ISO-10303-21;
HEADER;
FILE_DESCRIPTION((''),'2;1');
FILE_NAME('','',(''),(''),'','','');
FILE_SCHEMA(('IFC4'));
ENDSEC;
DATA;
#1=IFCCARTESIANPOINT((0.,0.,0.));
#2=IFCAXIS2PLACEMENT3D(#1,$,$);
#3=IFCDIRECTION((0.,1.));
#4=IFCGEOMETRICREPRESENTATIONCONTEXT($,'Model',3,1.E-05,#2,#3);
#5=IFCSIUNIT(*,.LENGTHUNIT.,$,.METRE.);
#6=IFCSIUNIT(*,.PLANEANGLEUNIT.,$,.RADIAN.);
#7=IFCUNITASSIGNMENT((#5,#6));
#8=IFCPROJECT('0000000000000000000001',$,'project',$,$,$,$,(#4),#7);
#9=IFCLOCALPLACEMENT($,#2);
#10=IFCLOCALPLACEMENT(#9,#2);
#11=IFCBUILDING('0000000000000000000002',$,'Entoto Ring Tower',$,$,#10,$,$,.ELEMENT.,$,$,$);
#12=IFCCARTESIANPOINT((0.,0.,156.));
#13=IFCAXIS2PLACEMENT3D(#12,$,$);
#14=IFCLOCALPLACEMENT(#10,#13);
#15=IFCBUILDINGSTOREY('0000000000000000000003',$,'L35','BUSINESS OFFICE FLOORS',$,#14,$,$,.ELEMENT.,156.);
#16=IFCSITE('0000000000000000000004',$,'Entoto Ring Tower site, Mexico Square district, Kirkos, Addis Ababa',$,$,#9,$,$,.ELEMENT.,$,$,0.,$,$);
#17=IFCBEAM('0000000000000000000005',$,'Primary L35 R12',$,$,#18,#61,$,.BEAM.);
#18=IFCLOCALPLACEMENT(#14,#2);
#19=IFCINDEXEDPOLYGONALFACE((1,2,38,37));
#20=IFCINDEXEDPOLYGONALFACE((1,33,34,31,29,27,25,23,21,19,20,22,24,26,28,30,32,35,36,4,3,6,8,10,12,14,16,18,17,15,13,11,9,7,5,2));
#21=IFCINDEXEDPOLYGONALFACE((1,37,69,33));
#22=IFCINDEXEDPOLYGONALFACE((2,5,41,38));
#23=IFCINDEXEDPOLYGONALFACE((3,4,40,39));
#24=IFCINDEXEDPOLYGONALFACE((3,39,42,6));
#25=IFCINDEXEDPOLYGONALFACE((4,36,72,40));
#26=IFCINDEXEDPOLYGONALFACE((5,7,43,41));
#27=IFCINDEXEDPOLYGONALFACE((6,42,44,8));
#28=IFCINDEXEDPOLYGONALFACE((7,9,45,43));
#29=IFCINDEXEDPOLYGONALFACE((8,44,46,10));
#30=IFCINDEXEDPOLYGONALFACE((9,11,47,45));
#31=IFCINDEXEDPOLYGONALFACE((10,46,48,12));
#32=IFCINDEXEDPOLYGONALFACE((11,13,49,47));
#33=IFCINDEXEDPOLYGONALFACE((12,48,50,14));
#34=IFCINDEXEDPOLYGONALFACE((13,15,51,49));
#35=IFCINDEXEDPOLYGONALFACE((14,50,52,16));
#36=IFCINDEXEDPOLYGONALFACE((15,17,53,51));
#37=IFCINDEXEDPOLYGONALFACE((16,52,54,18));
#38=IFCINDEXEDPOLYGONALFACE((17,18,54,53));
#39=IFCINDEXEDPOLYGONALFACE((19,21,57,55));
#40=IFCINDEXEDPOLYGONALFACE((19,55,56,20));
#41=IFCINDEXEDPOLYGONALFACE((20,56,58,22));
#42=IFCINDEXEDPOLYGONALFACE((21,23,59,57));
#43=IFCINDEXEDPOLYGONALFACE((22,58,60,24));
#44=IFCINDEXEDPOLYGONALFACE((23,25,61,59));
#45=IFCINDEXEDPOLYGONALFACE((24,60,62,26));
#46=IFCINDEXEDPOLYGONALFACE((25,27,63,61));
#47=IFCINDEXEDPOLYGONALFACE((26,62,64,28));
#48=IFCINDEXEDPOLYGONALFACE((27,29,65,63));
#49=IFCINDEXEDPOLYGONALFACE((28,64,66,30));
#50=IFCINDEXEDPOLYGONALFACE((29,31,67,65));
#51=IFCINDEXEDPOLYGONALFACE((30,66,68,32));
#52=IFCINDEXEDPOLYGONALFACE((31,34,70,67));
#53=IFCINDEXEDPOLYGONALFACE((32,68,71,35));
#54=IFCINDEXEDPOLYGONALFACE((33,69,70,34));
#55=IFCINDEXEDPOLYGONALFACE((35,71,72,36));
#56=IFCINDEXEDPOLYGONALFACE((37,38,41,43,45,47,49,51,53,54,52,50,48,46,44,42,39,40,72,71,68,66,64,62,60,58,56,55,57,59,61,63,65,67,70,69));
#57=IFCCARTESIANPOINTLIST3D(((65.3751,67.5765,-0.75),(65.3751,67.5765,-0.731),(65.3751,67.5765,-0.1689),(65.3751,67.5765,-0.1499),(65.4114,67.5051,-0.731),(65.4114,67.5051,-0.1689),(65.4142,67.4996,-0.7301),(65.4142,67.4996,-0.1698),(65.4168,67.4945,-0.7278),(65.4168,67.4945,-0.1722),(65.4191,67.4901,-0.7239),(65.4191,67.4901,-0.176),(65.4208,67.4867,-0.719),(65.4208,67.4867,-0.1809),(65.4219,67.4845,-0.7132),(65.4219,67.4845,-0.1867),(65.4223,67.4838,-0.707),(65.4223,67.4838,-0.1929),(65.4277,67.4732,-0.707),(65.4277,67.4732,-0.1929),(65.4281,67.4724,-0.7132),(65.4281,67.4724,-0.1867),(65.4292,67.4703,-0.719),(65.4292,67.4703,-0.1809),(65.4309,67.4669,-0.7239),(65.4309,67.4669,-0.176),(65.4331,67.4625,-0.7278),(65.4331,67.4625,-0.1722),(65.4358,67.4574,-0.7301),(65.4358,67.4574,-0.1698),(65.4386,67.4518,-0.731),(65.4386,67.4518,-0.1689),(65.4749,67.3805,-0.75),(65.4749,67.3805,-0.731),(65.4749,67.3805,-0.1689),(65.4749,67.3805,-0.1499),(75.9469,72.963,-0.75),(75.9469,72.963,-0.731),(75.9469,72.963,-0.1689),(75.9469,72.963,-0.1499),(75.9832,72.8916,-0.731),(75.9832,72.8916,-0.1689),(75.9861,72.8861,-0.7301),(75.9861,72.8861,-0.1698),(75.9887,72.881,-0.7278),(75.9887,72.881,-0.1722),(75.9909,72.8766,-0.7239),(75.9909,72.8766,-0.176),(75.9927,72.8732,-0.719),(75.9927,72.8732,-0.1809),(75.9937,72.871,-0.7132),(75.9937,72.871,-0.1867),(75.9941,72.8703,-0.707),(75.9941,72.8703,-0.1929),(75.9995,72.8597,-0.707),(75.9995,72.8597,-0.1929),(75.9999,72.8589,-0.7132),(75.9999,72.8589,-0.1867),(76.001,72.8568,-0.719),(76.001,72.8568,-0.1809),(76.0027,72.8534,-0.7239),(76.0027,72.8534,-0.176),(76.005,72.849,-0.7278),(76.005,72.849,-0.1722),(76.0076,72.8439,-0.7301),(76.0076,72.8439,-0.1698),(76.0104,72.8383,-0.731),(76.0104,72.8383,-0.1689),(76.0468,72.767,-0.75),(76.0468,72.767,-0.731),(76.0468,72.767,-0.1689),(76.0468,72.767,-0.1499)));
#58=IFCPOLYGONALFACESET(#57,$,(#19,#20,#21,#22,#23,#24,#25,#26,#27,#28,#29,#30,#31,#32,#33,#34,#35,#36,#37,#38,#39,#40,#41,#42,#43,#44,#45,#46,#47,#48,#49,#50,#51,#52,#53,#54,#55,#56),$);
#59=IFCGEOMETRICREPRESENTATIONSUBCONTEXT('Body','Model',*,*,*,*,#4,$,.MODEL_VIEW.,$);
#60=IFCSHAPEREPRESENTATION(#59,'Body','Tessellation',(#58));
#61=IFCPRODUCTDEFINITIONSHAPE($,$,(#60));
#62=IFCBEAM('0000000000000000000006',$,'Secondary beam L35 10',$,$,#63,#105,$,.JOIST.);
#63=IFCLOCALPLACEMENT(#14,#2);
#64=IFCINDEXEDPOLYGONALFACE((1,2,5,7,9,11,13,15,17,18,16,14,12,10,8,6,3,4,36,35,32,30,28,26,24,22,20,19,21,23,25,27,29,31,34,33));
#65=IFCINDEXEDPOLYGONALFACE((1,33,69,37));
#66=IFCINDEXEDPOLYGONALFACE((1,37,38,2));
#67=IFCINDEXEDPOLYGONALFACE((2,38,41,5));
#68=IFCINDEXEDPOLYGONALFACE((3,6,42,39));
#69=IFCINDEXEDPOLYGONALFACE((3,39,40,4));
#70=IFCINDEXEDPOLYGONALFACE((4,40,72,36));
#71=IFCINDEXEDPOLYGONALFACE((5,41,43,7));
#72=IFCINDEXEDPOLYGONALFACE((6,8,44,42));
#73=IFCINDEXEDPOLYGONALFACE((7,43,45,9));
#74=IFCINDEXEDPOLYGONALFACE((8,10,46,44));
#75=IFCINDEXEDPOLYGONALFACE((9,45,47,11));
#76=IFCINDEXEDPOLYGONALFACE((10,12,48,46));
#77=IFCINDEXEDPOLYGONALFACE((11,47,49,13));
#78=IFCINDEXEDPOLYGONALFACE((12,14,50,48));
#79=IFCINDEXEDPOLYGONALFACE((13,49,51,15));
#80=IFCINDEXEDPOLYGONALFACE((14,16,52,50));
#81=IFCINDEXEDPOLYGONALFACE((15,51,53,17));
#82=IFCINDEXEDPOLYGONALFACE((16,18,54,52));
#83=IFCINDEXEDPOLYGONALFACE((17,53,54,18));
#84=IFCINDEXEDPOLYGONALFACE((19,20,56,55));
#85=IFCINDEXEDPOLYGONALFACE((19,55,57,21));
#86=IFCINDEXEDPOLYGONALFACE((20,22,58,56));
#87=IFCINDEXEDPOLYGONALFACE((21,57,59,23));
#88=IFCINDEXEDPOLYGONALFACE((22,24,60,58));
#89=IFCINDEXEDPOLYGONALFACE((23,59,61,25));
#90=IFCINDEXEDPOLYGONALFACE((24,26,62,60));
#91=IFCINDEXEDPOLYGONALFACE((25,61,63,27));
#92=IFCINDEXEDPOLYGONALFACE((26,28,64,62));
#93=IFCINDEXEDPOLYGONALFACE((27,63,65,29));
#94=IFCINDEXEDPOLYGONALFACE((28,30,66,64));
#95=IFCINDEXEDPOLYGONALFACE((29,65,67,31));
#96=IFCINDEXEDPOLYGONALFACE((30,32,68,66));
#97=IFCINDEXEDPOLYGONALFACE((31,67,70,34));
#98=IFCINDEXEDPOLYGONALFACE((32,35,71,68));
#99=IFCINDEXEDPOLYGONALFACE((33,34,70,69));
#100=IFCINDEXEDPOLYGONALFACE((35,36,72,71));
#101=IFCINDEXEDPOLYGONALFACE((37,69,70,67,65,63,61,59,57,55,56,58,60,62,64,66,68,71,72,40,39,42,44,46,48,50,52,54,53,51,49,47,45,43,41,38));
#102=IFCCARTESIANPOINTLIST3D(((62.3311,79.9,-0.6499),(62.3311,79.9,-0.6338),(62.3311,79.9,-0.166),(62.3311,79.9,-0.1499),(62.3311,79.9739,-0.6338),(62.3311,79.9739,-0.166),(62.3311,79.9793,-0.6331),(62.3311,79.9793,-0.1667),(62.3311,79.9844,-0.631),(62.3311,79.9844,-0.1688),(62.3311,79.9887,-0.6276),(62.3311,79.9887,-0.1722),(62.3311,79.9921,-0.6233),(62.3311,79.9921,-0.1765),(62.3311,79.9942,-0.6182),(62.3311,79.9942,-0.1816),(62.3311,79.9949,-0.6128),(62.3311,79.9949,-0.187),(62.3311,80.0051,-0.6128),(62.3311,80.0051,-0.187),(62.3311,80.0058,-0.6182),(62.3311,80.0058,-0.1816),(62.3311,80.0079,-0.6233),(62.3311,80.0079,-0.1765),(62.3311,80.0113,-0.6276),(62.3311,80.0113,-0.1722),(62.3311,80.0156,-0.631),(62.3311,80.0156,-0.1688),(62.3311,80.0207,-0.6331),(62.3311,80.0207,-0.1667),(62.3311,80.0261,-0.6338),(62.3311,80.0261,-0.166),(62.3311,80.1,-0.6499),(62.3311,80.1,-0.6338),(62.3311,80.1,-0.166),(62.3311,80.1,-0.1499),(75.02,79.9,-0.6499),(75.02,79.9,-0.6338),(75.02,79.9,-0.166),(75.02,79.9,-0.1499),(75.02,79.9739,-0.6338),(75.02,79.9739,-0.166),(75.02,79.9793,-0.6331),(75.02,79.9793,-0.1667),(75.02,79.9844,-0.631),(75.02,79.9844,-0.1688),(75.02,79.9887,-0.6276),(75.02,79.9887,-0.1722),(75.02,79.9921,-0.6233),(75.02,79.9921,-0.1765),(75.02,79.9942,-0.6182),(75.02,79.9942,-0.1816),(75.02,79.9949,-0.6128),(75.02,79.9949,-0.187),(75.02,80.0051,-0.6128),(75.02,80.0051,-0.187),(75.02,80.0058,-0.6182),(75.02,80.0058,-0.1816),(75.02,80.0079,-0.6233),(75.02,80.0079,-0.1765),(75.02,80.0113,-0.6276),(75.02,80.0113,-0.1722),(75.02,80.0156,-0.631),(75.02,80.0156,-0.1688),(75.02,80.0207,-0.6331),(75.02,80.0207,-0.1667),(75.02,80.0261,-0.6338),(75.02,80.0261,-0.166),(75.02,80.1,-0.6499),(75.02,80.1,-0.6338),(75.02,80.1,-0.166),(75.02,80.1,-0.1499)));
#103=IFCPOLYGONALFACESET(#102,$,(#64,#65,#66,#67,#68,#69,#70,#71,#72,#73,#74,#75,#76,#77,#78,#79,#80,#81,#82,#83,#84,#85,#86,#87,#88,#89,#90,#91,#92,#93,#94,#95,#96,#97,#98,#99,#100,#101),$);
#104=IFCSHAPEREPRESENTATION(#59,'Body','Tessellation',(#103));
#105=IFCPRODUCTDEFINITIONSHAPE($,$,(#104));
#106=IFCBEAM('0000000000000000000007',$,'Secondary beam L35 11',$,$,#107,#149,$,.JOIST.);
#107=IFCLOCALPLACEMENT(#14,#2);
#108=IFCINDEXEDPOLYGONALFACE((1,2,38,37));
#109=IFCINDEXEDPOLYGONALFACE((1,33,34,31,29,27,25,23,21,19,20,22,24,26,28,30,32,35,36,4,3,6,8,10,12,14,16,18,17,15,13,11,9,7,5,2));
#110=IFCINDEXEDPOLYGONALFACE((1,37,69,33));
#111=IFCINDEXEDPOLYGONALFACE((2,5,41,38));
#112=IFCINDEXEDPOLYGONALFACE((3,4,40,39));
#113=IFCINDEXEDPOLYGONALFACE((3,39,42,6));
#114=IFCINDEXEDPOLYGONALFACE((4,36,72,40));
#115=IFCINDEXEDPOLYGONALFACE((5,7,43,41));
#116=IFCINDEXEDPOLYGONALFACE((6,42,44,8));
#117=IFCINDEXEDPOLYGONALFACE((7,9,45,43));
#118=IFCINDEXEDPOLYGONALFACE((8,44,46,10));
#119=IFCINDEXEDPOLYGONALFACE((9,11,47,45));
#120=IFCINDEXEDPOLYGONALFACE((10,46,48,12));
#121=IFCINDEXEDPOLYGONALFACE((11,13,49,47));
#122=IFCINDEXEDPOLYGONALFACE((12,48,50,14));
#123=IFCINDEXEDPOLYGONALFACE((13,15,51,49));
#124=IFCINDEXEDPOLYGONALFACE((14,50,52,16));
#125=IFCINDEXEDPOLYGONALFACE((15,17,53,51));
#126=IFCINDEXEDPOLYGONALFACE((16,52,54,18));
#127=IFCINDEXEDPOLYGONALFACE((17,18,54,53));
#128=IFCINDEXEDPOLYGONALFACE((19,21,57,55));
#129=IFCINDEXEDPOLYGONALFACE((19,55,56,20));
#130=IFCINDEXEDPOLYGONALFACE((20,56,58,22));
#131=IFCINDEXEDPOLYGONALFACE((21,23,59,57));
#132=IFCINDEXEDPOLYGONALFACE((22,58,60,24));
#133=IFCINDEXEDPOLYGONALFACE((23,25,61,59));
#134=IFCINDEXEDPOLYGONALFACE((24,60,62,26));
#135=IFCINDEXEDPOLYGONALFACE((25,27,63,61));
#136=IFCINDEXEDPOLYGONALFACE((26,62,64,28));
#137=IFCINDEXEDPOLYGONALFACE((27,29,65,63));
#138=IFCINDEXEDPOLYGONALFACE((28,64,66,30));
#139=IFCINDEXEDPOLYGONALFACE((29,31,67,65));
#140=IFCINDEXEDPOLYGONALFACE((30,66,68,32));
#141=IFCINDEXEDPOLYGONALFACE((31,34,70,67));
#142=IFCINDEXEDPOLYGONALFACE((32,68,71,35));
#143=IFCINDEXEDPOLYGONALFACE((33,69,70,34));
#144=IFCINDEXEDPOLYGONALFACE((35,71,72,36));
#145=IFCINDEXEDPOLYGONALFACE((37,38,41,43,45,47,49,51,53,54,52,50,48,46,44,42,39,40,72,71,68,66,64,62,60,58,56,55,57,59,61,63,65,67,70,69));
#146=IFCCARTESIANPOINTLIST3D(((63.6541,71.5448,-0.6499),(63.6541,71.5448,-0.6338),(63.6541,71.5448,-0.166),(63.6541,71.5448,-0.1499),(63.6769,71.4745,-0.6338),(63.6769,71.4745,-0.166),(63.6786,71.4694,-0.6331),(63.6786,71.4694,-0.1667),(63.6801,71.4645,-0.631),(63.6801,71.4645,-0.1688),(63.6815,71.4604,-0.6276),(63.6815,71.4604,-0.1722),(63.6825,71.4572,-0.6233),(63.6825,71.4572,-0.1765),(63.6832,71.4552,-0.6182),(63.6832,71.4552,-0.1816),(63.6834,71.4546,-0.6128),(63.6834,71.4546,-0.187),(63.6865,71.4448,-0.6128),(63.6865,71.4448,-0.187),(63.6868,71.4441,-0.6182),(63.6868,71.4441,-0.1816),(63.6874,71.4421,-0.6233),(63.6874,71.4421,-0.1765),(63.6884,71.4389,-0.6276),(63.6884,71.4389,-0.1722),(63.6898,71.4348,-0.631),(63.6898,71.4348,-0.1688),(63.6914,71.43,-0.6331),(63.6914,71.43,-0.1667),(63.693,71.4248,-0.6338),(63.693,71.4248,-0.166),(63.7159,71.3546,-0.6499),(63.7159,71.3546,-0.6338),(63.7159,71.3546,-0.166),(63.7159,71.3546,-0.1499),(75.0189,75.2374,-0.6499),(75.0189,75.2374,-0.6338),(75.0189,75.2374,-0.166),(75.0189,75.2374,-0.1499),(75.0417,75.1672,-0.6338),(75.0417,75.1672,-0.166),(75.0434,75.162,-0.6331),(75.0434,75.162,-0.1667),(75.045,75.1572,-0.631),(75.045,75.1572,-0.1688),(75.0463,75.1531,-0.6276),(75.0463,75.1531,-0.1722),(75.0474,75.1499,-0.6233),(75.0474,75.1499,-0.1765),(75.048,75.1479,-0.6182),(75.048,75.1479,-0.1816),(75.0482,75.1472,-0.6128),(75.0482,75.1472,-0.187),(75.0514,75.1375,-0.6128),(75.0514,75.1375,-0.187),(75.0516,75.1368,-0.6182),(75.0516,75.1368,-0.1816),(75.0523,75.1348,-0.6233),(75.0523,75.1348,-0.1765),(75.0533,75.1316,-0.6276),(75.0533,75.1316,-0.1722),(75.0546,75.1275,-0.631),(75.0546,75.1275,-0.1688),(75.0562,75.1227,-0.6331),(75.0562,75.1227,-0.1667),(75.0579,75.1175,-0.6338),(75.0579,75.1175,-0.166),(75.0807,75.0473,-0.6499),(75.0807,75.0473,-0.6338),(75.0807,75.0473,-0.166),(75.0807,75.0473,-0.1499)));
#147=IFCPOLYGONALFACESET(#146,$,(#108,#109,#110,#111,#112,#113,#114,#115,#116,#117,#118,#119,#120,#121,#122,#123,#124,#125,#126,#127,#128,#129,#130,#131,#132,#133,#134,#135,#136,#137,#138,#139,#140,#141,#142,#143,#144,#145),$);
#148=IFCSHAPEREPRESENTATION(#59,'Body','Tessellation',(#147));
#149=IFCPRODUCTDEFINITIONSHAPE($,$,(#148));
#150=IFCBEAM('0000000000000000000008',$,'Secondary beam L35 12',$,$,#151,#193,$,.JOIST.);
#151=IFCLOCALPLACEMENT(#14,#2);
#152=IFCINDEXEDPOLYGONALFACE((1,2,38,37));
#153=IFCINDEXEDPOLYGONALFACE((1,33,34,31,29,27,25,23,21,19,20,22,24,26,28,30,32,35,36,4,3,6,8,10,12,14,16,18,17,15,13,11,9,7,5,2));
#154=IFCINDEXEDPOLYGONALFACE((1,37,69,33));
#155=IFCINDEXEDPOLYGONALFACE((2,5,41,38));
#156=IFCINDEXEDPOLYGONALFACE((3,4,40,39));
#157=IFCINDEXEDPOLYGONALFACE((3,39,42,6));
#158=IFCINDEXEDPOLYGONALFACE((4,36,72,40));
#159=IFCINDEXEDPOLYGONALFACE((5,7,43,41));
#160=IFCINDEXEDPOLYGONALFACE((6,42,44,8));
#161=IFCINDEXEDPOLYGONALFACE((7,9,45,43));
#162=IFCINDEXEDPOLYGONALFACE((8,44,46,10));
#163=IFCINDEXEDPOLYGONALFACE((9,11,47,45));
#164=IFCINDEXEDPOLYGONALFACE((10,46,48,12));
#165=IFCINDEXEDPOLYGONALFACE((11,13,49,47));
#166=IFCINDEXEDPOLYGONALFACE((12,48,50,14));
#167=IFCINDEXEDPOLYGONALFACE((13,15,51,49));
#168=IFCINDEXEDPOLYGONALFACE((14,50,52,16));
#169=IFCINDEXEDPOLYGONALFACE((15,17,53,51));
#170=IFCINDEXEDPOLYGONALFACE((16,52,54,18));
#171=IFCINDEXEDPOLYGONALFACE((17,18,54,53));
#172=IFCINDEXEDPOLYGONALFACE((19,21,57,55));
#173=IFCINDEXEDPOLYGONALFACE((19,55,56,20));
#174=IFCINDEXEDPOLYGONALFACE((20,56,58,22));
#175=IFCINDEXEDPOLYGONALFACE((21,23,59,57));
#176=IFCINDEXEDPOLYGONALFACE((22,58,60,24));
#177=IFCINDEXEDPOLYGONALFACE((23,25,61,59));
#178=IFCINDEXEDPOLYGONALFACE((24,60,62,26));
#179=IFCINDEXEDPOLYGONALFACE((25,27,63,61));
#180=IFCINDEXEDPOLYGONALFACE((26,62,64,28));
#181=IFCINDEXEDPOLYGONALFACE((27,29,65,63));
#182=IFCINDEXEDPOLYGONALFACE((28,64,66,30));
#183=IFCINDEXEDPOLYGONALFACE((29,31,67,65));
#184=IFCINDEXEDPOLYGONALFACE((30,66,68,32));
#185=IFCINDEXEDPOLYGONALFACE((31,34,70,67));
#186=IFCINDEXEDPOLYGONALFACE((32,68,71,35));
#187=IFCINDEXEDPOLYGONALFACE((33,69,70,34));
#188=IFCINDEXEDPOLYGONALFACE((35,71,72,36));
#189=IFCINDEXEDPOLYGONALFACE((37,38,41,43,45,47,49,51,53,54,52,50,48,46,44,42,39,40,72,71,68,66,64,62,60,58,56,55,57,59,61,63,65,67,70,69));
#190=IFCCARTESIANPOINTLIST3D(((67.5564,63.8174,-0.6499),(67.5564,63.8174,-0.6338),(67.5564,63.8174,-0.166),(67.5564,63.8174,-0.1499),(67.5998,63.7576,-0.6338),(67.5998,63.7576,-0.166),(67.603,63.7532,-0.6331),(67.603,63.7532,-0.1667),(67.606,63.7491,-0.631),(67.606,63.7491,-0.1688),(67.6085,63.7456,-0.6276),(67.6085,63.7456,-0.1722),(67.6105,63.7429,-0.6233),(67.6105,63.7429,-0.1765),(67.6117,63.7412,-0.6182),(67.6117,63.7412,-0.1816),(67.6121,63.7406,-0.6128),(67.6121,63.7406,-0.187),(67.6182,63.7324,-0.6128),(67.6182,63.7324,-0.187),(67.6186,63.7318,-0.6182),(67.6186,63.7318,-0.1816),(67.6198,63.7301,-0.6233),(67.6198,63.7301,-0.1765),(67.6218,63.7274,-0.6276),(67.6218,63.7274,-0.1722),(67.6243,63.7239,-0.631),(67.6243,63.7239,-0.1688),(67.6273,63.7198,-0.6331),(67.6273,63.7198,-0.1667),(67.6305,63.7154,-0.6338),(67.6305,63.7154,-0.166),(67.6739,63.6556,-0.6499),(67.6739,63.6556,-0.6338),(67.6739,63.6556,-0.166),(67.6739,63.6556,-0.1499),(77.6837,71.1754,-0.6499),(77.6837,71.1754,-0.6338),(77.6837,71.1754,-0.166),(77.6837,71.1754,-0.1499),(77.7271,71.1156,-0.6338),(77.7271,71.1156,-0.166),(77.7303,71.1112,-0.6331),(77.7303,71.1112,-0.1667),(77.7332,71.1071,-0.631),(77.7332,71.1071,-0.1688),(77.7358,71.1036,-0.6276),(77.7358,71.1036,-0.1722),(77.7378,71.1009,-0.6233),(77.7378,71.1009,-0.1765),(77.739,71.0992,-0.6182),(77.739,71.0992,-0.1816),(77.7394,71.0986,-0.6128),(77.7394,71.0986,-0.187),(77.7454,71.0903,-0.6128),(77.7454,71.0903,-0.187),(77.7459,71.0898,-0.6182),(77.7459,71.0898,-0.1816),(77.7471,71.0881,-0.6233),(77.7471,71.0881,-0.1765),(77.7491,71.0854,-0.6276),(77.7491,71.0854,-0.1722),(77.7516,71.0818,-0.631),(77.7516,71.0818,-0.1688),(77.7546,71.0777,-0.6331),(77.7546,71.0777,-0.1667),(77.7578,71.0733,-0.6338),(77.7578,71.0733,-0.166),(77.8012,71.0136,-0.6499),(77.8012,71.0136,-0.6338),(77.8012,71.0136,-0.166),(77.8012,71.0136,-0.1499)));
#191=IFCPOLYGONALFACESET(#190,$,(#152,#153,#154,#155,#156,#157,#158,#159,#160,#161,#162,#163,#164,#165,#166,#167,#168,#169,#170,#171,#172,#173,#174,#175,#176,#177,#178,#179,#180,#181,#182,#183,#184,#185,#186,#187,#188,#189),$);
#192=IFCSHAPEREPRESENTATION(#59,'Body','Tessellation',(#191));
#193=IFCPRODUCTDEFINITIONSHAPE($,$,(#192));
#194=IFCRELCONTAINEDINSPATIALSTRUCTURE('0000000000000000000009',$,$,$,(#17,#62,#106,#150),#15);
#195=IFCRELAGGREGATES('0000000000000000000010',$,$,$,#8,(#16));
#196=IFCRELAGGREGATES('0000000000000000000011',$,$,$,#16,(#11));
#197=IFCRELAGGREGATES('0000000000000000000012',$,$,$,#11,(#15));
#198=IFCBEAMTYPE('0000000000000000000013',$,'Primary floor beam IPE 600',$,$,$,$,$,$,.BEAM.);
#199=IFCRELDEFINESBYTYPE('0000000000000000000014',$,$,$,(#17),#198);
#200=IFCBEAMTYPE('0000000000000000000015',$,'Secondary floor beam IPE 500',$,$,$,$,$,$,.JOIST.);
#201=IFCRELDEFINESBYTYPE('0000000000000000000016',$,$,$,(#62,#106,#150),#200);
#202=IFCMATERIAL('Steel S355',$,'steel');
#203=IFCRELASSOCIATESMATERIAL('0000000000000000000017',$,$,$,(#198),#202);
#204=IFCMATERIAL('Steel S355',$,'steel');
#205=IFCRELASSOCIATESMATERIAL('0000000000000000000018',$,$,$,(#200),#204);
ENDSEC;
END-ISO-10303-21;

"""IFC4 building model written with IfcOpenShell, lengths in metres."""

from ifc_helpers import new_model, si_unit, direction, frame, origin, origin_2d, place, context, subcontext, project, spatial, i_section, extrude, material, material_profile, profile_set, type_object, element, save


model = new_model("IFC4")

# Units and contexts
model_context = context("Model", 3, precision=1e-05, world=origin(), true_north=direction((0.0, 1.0)))
body_context = subcontext(model_context, "Body", "Model", "MODEL_VIEW")
ifc_project = project(units=[si_unit("LENGTHUNIT", "METRE"), si_unit("PLANEANGLEUNIT", "RADIAN")], contexts=[model_context])

# Site, building, storey
site_placement = place(None, origin())
site = spatial("IfcSite", under=ifc_project, at=site_placement, Name="Entoto Ring Tower site, Mexico Square district, Kirkos, Addis Ababa", CompositionType="ELEMENT", RefElevation=0.0)
building_placement = place(site_placement, origin())
building = spatial("IfcBuilding", under=site, at=building_placement, Name="Entoto Ring Tower", CompositionType="ELEMENT")
storey_placement = place(building_placement, frame((0.0, 0.0, 156.0)))
storey = spatial("IfcBuildingStorey", under=building, at=storey_placement, Name="L35", Description="BUSINESS OFFICE FLOORS", CompositionType="ELEMENT", Elevation=156.0)

# Beams
ifc_material_1 = material(Name="Steel S355", Category="steel")
ifc_material_profile_1 = material_profile(ifc_material_1, i_section(OverallWidth=0.22, OverallDepth=0.6001, WebThickness=0.012, FlangeThickness=0.019, FilletRadius=0.0239, at=origin_2d()), Name="IPE 600")
ifc_profile_set_1 = profile_set([ifc_material_profile_1], Name="Steel S355")
beam_type_1 = type_object("IfcBeamType", Name="Primary floor beam IPE 600", PredefinedType="BEAM", material=ifc_profile_set_1)
beam_1_placement = place(storey_placement, frame((75.9968, 72.865, -0.45), z_axis=(-0.89101, -0.453983, 0.0), x_axis=(0.453983, -0.89101, 0.0)))
element("IfcBeam", 1, at=beam_1_placement, inside=storey, type_object=beam_type_1, Name="Primary L35 R12", PredefinedType="BEAM", context=body_context, shape_type="SweptSolid", body=[
    extrude(i_section(OverallWidth=0.22, OverallDepth=0.6001, WebThickness=0.012, FlangeThickness=0.019, FilletRadius=0.0239, at=origin_2d()), origin(), (0.0, 0.0, 1.0), 11.865),
])
ifc_material_2 = material(Name="Steel S355", Category="steel")
ifc_material_profile_2 = material_profile(ifc_material_2, i_section(OverallWidth=0.2, OverallDepth=0.5, WebThickness=0.0103, FlangeThickness=0.0161, FilletRadius=0.021, at=origin_2d()), Name="IPE 500")
ifc_profile_set_2 = profile_set([ifc_material_profile_2], Name="Steel S355")
beam_type_2 = type_object("IfcBeamType", Name="Secondary floor beam IPE 500", PredefinedType="JOIST", material=ifc_profile_set_2)
beam_2_placement = place(storey_placement, frame((75.02, 80.0, -0.3999), z_axis=(-1.0, 0.0, 0.0), x_axis=(0.0, -1.0, 0.0)))
element("IfcBeam", 2, at=beam_2_placement, inside=storey, type_object=beam_type_2, Name="Secondary beam L35 10", PredefinedType="JOIST", context=body_context, shape_type="SweptSolid", body=[
    extrude(i_section(OverallWidth=0.2, OverallDepth=0.5, WebThickness=0.0103, FlangeThickness=0.0161, FilletRadius=0.021, at=origin_2d()), origin(), (0.0, 0.0, 1.0), 12.689),
])
beam_3_placement = place(storey_placement, frame((75.0498, 75.1423, -0.3999), z_axis=(-0.951057, -0.309017, 0.0), x_axis=(0.309017, -0.951057, 0.0)))
element("IfcBeam", 3, at=beam_3_placement, inside=storey, type_object=beam_type_2, Name="Secondary beam L35 11", PredefinedType="JOIST", context=body_context, shape_type="SweptSolid", body=[
    extrude(i_section(OverallWidth=0.2, OverallDepth=0.5, WebThickness=0.0103, FlangeThickness=0.0161, FilletRadius=0.021, at=origin_2d()), origin(), (0.0, 0.0, 1.0), 11.9497),
])
beam_4_placement = place(storey_placement, frame((77.7424, 71.0945, -0.3999), z_axis=(-0.809014, -0.587789, 0.0), x_axis=(0.587789, -0.809014, 0.0)))
element("IfcBeam", 4, at=beam_4_placement, inside=storey, type_object=beam_type_2, Name="Secondary beam L35 12", PredefinedType="JOIST", context=body_context, shape_type="SweptSolid", body=[
    extrude(i_section(OverallWidth=0.2, OverallDepth=0.5, WebThickness=0.0103, FlangeThickness=0.0161, FilletRadius=0.021, at=origin_2d()), origin(), (0.0, 0.0, 1.0), 12.5181),
])

save(model, "model.ifc")
